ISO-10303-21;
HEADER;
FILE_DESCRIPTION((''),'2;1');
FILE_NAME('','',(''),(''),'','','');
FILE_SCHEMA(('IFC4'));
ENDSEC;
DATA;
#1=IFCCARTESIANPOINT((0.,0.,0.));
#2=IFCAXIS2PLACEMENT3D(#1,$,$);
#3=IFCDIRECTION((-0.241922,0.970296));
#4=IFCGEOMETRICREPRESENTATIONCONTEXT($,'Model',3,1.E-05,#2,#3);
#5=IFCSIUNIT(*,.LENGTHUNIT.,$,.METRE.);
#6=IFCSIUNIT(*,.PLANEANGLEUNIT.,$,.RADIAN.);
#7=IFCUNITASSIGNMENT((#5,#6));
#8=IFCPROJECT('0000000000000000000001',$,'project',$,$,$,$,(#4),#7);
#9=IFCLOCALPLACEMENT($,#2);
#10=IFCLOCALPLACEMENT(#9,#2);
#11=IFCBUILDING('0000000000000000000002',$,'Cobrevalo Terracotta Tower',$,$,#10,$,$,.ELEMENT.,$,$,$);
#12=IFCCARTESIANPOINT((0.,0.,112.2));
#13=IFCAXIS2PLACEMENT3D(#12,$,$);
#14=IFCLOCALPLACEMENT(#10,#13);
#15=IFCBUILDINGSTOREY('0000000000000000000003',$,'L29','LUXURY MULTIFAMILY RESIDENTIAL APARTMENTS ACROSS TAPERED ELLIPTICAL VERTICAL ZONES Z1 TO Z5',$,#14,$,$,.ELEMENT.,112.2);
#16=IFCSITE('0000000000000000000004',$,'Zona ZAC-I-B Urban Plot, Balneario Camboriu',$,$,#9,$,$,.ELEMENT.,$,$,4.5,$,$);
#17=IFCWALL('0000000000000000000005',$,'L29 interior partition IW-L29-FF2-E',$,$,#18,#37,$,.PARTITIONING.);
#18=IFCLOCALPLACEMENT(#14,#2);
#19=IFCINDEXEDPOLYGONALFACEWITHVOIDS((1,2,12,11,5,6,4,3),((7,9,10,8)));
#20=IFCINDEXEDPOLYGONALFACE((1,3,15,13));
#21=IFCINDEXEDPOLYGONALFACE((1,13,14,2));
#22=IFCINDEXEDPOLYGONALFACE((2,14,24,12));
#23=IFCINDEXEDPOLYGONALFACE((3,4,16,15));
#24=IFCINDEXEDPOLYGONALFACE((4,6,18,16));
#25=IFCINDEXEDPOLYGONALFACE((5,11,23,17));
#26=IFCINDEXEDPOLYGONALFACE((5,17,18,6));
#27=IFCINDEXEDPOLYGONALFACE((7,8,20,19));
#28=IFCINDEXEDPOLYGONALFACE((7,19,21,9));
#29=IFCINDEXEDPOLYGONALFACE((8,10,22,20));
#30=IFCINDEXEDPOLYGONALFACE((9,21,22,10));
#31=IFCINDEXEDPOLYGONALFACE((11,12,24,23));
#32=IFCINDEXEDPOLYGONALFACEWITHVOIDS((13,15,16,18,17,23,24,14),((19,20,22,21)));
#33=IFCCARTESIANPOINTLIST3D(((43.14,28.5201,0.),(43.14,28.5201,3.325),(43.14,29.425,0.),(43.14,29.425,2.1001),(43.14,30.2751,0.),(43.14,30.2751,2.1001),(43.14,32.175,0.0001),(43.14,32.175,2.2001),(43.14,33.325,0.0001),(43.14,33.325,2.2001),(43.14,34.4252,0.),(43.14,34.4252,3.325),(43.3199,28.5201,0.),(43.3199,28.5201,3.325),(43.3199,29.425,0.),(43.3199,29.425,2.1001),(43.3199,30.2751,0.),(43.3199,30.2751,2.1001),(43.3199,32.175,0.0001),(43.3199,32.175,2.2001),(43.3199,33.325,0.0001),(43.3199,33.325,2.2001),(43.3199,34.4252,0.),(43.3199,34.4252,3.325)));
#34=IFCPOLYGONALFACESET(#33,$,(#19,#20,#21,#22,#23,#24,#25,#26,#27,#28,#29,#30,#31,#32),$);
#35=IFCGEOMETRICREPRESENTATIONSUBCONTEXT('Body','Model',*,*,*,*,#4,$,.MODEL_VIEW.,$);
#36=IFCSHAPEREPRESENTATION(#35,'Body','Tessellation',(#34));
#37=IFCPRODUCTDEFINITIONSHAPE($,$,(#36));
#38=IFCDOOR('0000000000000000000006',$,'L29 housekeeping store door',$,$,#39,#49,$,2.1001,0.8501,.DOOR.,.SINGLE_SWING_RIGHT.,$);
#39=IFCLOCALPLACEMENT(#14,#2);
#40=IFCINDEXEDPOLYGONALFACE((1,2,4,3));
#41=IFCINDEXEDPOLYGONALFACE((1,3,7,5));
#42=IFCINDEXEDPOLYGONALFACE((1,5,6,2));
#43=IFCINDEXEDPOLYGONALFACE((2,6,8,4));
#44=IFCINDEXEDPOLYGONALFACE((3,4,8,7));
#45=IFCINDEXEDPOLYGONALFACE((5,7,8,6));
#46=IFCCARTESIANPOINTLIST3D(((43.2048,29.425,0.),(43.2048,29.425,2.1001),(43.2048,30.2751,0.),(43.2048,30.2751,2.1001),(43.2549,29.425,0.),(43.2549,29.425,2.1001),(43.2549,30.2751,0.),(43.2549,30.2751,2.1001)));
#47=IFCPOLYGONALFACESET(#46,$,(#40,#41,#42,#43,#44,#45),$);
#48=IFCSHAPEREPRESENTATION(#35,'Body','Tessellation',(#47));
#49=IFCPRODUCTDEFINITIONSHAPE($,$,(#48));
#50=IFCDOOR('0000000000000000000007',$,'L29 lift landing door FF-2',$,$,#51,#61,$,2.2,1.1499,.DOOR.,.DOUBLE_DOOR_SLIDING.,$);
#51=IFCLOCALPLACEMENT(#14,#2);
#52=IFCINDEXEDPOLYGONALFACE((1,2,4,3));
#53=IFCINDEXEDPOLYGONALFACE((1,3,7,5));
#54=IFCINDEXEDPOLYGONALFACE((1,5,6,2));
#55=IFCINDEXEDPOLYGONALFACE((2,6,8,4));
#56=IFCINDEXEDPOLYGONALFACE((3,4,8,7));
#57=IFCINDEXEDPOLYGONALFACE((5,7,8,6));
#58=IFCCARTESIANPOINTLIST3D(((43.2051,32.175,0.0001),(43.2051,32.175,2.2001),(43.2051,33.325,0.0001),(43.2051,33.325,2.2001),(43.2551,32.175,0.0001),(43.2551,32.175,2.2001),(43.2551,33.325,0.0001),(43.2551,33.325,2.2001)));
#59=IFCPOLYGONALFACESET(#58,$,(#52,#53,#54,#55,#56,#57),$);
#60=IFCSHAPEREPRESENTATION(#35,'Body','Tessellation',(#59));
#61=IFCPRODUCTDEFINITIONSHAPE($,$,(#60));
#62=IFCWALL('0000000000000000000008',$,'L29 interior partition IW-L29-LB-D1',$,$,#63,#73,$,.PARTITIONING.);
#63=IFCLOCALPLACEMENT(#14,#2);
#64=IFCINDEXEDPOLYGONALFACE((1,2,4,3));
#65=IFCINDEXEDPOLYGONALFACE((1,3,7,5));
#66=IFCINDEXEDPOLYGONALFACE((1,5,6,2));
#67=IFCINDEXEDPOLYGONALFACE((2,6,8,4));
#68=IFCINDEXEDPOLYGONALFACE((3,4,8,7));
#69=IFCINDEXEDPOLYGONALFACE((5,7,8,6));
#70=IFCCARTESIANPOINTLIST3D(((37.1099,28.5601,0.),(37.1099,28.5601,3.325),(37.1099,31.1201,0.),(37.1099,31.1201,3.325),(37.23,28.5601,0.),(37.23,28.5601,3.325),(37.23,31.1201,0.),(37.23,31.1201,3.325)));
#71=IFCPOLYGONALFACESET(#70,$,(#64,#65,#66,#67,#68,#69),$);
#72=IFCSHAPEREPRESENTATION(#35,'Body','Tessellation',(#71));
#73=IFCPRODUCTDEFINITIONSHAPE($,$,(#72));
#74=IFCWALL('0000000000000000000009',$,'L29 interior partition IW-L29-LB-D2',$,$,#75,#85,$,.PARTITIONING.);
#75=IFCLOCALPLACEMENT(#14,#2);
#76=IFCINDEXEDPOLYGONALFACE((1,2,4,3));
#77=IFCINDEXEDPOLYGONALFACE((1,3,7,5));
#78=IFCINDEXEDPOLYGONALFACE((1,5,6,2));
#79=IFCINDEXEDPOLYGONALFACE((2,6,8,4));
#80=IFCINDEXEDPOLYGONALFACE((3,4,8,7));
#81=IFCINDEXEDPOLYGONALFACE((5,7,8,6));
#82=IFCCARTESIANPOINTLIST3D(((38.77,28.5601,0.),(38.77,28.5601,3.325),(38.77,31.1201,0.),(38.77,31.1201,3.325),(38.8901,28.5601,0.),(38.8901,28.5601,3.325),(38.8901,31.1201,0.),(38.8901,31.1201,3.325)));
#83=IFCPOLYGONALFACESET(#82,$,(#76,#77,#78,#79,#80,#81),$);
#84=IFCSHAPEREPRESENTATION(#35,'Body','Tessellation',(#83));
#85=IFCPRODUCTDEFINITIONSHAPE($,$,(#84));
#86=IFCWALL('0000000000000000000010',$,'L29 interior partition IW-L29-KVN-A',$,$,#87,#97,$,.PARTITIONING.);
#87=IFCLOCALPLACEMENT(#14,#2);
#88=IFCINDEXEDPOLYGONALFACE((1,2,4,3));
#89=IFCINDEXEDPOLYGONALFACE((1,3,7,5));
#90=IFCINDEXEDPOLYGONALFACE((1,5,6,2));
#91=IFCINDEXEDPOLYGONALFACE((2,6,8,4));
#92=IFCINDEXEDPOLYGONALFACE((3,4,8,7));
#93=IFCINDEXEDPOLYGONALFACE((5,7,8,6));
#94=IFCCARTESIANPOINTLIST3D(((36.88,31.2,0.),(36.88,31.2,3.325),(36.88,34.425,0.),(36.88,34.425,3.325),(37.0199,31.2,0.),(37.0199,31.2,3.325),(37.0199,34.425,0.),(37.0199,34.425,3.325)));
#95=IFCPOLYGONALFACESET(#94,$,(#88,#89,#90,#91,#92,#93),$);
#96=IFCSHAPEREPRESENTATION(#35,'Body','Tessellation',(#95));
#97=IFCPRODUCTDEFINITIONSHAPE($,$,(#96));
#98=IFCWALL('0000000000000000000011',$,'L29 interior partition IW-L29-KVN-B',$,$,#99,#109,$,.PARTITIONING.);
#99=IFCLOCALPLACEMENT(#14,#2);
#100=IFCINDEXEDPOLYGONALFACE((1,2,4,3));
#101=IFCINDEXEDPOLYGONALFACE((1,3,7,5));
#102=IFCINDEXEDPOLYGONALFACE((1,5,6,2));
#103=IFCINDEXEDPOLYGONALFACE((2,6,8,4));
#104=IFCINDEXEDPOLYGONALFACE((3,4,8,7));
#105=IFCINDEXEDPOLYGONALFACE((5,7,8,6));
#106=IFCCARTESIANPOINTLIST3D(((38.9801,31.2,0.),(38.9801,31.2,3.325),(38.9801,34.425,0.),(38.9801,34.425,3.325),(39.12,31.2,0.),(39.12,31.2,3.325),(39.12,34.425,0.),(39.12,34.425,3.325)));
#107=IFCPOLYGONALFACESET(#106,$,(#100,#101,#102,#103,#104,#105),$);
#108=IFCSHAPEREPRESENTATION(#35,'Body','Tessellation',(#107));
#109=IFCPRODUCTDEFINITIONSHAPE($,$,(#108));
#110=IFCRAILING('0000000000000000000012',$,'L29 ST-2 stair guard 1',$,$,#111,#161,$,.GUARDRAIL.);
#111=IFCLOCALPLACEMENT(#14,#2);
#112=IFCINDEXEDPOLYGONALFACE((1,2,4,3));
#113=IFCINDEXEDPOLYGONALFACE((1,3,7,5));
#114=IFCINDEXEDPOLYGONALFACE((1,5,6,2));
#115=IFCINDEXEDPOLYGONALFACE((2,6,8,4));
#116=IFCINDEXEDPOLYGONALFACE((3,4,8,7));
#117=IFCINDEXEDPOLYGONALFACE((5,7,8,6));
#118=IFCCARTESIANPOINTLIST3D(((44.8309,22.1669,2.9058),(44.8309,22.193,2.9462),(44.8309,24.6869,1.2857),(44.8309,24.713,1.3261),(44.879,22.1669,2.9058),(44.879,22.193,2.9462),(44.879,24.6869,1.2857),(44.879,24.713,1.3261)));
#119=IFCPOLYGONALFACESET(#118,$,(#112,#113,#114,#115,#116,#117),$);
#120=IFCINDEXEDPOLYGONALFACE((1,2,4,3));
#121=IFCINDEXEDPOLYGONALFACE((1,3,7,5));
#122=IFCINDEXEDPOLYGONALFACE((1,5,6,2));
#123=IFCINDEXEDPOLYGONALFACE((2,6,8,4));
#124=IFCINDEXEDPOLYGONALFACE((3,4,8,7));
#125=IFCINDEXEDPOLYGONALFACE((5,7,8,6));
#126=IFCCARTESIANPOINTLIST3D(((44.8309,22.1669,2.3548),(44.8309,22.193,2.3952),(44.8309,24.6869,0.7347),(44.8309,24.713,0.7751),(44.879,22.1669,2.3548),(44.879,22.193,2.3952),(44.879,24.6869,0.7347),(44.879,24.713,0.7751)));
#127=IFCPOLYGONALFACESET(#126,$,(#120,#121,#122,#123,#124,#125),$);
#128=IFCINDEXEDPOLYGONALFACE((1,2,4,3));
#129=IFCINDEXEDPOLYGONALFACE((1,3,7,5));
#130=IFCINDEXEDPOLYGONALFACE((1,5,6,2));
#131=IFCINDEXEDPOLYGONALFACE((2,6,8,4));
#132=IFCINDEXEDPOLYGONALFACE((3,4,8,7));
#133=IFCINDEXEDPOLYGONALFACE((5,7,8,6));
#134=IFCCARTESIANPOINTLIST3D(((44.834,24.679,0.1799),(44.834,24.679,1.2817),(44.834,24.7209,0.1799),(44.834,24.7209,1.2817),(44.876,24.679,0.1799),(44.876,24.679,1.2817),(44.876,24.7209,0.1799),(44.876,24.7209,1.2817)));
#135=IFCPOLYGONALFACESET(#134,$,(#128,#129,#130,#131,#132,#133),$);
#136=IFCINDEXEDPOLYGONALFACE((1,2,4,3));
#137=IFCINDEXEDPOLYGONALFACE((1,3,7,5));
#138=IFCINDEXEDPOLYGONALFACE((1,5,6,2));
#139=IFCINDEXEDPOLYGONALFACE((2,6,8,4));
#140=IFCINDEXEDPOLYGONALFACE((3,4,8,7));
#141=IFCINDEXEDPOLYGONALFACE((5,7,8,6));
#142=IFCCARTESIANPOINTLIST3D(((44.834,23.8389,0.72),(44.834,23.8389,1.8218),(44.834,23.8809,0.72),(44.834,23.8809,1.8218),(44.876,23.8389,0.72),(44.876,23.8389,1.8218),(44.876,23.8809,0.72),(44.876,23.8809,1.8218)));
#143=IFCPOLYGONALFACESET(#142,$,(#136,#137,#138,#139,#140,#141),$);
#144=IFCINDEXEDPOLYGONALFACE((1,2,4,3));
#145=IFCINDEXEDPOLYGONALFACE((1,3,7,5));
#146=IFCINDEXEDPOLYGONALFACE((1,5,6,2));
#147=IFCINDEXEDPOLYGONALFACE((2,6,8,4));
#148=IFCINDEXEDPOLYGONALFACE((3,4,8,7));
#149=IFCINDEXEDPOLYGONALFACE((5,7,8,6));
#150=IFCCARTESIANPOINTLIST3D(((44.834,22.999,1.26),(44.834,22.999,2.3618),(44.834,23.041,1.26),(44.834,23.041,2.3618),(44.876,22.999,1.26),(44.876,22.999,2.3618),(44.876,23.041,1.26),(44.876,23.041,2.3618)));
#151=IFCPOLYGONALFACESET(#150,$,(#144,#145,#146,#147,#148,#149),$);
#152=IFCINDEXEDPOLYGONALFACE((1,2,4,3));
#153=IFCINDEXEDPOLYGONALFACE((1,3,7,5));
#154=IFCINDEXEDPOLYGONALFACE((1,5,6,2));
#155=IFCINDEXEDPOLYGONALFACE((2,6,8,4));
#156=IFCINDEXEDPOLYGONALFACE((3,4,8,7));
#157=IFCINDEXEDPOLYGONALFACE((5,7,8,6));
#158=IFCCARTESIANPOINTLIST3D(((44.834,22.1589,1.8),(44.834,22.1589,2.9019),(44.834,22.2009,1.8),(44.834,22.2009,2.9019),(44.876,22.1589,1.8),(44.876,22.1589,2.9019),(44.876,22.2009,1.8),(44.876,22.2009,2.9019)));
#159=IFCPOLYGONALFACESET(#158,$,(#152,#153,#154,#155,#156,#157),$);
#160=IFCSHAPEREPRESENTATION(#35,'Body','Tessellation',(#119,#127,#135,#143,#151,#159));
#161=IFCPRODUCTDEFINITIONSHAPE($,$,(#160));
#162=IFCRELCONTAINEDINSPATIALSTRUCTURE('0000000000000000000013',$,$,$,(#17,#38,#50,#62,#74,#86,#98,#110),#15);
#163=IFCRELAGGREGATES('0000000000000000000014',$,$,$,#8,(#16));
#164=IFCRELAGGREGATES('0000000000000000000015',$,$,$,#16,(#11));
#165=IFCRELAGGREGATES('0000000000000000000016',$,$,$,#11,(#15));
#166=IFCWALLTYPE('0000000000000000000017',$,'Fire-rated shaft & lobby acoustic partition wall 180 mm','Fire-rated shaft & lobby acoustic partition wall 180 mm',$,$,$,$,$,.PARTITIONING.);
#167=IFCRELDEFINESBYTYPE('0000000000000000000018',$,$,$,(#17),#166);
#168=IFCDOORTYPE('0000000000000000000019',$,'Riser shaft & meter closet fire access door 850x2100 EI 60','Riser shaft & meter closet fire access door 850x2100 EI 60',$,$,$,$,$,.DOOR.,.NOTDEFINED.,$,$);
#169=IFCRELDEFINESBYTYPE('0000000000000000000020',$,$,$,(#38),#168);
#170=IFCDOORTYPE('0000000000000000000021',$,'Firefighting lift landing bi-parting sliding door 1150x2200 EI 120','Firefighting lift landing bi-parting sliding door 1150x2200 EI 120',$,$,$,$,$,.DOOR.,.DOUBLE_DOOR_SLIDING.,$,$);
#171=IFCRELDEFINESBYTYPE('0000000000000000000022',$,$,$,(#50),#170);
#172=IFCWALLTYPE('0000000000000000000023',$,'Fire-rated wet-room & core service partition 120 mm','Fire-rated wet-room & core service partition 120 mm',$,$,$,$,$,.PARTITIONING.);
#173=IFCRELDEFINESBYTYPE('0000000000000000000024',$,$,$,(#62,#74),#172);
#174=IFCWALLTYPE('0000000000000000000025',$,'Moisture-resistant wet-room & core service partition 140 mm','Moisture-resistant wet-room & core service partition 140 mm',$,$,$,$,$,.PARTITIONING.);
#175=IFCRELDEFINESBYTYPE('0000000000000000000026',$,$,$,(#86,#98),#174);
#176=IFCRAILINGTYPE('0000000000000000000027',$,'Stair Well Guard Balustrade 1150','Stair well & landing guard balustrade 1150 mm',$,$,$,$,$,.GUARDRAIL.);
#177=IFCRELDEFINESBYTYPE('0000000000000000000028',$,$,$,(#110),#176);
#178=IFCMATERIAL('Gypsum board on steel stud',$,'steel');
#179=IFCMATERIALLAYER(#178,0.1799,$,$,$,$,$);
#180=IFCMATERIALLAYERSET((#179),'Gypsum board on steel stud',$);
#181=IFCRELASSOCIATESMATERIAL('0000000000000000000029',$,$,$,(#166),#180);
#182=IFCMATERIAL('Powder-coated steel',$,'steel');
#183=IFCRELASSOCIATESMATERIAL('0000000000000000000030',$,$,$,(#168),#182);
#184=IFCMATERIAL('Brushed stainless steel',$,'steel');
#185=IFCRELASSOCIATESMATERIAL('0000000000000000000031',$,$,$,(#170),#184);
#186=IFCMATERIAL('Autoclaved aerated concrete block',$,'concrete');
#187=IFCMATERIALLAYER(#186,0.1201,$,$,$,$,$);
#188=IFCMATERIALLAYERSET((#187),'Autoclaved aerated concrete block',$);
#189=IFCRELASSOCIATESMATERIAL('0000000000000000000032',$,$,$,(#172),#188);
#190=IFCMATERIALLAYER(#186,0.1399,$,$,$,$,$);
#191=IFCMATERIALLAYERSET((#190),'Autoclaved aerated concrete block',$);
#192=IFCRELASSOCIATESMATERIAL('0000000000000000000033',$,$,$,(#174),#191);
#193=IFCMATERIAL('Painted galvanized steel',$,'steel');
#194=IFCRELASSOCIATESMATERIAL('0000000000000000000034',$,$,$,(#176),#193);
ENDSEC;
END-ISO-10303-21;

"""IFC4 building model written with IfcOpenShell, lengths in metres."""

from ifc_helpers import new_model, si_unit, direction, frame, frame_2d, origin, origin_2d, place, context, subcontext, project, spatial, rectangle, extrude, source, transform, mapped, material, layer, layer_set, type_object, element, fill, save


model = new_model("IFC4")

# Units and contexts
model_context = context("Model", 3, precision=1e-05, world=origin(), true_north=direction((-0.241922, 0.970296)))
body_context = subcontext(model_context, "Body", "Model", "MODEL_VIEW")
ifc_project = project(units=[si_unit("LENGTHUNIT", "METRE"), si_unit("PLANEANGLEUNIT", "RADIAN")], contexts=[model_context])

# Site, building, storey
site_placement = place(None, origin())
site = spatial("IfcSite", under=ifc_project, at=site_placement, Name="Zona ZAC-I-B Urban Plot, Balneario Camboriu", CompositionType="ELEMENT", RefElevation=4.5)
building_placement = place(site_placement, origin())
building = spatial("IfcBuilding", under=site, at=building_placement, Name="Cobrevalo Terracotta Tower", CompositionType="ELEMENT")
storey_placement = place(building_placement, frame((0.0, 0.0, 112.2)))
storey = spatial("IfcBuildingStorey", under=building, at=storey_placement, Name="L29", Description="LUXURY MULTIFAMILY RESIDENTIAL APARTMENTS ACROSS TAPERED ELLIPTICAL VERTICAL ZONES Z1 TO Z5", CompositionType="ELEMENT", Elevation=112.2)

# Shared definitions
ifc_material_1 = material(Name="Gypsum board on steel stud", Category="steel")

# Shared definitions
ifc_material_2 = material(Name="Brushed stainless steel", Category="steel")

# Shared definitions
ifc_layer_1 = layer(ifc_material_1, 0.1799)
ifc_layer_set_1 = layer_set([ifc_layer_1], Name="Gypsum board on steel stud")
wall_type_1 = type_object("IfcWallType", Name="Fire-rated shaft & lobby acoustic partition wall 180 mm", Description="Fire-rated shaft & lobby acoustic partition wall 180 mm", PredefinedType="PARTITIONING", material=ifc_layer_set_1)
ifc_material_3 = material(Name="Powder-coated steel", Category="steel")
door_type_1 = type_object("IfcDoorType", Name="Riser shaft & meter closet fire access door 850x2100 EI 60", Description="Riser shaft & meter closet fire access door 850x2100 EI 60", OperationType="NOTDEFINED", PredefinedType="DOOR", material=ifc_material_3)
shared_shape_1 = source(origin(), body_context, "Body", "SweptSolid", [
    extrude(rectangle(XDim=0.8501, YDim=2.1001, at=frame_2d((0.425, 1.05))), frame((0.0, 0.0249, 0.0), z_axis=(0.0, -1.0, 0.0), x_axis=(1.0, 0.0, 0.0)), (0.0, 0.0, 1.0), 0.05),
])

# Wall, openings, doors
wall_1_placement = place(storey_placement, frame((43.23, 28.52, 0.0), z_axis=(0.0, 0.0, 1.0), x_axis=(0.0, 1.0, 0.0)))
wall_1 = element("IfcWall", 1, at=wall_1_placement, inside=storey, type_object=wall_type_1, Name="L29 interior partition IW-L29-FF2-E", PredefinedType="PARTITIONING", context=body_context, shape_type="SweptSolid", body=[
    extrude(rectangle(XDim=5.905, YDim=0.1799, at=frame_2d((2.9526, 0.0))), origin(), (0.0, 0.0, 1.0), 3.325),
])
opening_1_placement = place(wall_1_placement, frame((0.905, 0.0, 0.0)))
opening_1 = element("IfcOpeningElement", 2, at=opening_1_placement, cuts=wall_1, PredefinedType="OPENING", context=body_context, shape_type="SweptSolid", body=[
    extrude(rectangle(XDim=0.8501, YDim=2.1001, at=frame_2d((0.425, 1.05))), frame((0.0, 0.1001, 0.0), z_axis=(0.0, -1.0, 0.0), x_axis=(1.0, 0.0, 0.0)), (0.0, 0.0, 1.0), 0.2),
])
opening_2_placement = place(wall_1_placement, frame((3.655, 0.0, 0.0)))
opening_2 = element("IfcOpeningElement", 3, at=opening_2_placement, cuts=wall_1, PredefinedType="OPENING", context=body_context, shape_type="SweptSolid", body=[
    extrude(rectangle(XDim=1.1499, YDim=2.2, at=frame_2d((0.575, 1.1001))), frame((0.0, 0.1001, 0.0), z_axis=(0.0, -1.0, 0.0), x_axis=(1.0, 0.0, 0.0)), (0.0, 0.0, 1.0), 0.2),
])
door_1_placement = place(opening_1_placement, frame((0.8501, 0.0, 0.0), z_axis=(0.0, 0.0, 1.0), x_axis=(-1.0, 0.0, 0.0)))
door_1 = element("IfcDoor", 4, at=door_1_placement, inside=storey, type_object=door_type_1, Name="L29 housekeeping store door", OperationType="SINGLE_SWING_RIGHT", OverallHeight=2.1001, OverallWidth=0.8501, PredefinedType="DOOR", context=body_context, shape_type="MappedRepresentation", body=[
    mapped(shared_shape_1, transform((0.0, 0.0, 0.0), scale=1.0)),
])
fill(opening_1, door_1)
door_type_2 = type_object("IfcDoorType", Name="Firefighting lift landing bi-parting sliding door 1150x2200 EI 120", Description="Firefighting lift landing bi-parting sliding door 1150x2200 EI 120", OperationType="DOUBLE_DOOR_SLIDING", PredefinedType="DOOR", material=ifc_material_2)
shared_shape_2 = source(origin(), body_context, "Body", "SweptSolid", [
    extrude(rectangle(XDim=1.1499, YDim=2.2, at=frame_2d((0.575, 1.1001))), frame((0.0, 0.0249, 0.0), z_axis=(0.0, -1.0, 0.0), x_axis=(1.0, 0.0, 0.0)), (0.0, 0.0, 1.0), 0.05),
])
door_2_placement = place(opening_2_placement, origin())
door_2 = element("IfcDoor", 5, at=door_2_placement, inside=storey, type_object=door_type_2, Name="L29 lift landing door FF-2", OperationType="DOUBLE_DOOR_SLIDING", OverallHeight=2.2, OverallWidth=1.1499, PredefinedType="DOOR", context=body_context, shape_type="MappedRepresentation", body=[
    mapped(shared_shape_2, transform((0.0, 0.0, 0.0), scale=1.0)),
])
fill(opening_2, door_2)

# Walls
ifc_material_4 = material(Name="Autoclaved aerated concrete block", Category="concrete")
ifc_layer_2 = layer(ifc_material_4, 0.1201)
ifc_layer_set_2 = layer_set([ifc_layer_2], Name="Autoclaved aerated concrete block")
wall_type_2 = type_object("IfcWallType", Name="Fire-rated wet-room & core service partition 120 mm", Description="Fire-rated wet-room & core service partition 120 mm", PredefinedType="PARTITIONING", material=ifc_layer_set_2)
for number, where, z_axis, x_axis, name in (
    (6, (37.1699, 28.5601, 0.0), (0.0, 0.0, 1.0), (0.0, 1.0, 0.0), "L29 interior partition IW-L29-LB-D1"),
    (7, (38.8301, 28.5601, 0.0), (0.0, 0.0, 1.0), (0.0, 1.0, 0.0), "L29 interior partition IW-L29-LB-D2"),
):
    element("IfcWall", number, at=place(storey_placement, frame(where, z_axis=z_axis, x_axis=x_axis)), inside=storey, type_object=wall_type_2, Name=name, PredefinedType="PARTITIONING", context=body_context, shape_type="SweptSolid", body=[
        extrude(rectangle(XDim=2.5601, YDim=0.1201, at=frame_2d((1.28, 0.0))), origin(), (0.0, 0.0, 1.0), 3.325),
    ])
ifc_layer_3 = layer(ifc_material_4, 0.1399)
ifc_layer_set_3 = layer_set([ifc_layer_3], Name="Autoclaved aerated concrete block")
wall_type_3 = type_object("IfcWallType", Name="Moisture-resistant wet-room & core service partition 140 mm", Description="Moisture-resistant wet-room & core service partition 140 mm", PredefinedType="PARTITIONING", material=ifc_layer_set_3)
for number, where, z_axis, x_axis, name in (
    (8, (36.95, 31.2, 0.0), (0.0, 0.0, 1.0), (0.0, 1.0, 0.0), "L29 interior partition IW-L29-KVN-A"),
    (9, (39.05, 31.2, 0.0), (0.0, 0.0, 1.0), (0.0, 1.0, 0.0), "L29 interior partition IW-L29-KVN-B"),
):
    element("IfcWall", number, at=place(storey_placement, frame(where, z_axis=z_axis, x_axis=x_axis)), inside=storey, type_object=wall_type_3, Name=name, PredefinedType="PARTITIONING", context=body_context, shape_type="SweptSolid", body=[
        extrude(rectangle(XDim=3.2251, YDim=0.1399, at=frame_2d((1.6125, 0.0))), origin(), (0.0, 0.0, 1.0), 3.325),
    ])

# Railing
ifc_material_5 = material(Name="Painted galvanized steel", Category="steel")
railing_type = type_object("IfcRailingType", Name="Stair Well Guard Balustrade 1150", Description="Stair well & landing guard balustrade 1150 mm", PredefinedType="GUARDRAIL", material=ifc_material_5)
railing_1_placement = place(storey_placement, frame((44.855, 24.7, 0.1799)))
element("IfcRailing", 10, at=railing_1_placement, inside=storey, type_object=railing_type, Name="L29 ST-2 stair guard 1", PredefinedType="GUARDRAIL", context=body_context, shape_type="SweptSolid", body=[
    extrude(rectangle(XDim=0.0481, YDim=0.0481, at=origin_2d()), frame((0.0, 0.0, 1.126), z_axis=(0.0, -0.841163, 0.540782), x_axis=(1.0, 0.0, 0.0)), (0.0, 0.0, 1.0), 2.9958),
    extrude(rectangle(XDim=0.0481, YDim=0.0481, at=origin_2d()), frame((0.0, 0.0, 0.575), z_axis=(0.0, -0.841163, 0.540782), x_axis=(1.0, 0.0, 0.0)), (0.0, 0.0, 1.0), 2.9958),
    extrude(rectangle(XDim=0.042, YDim=0.042, at=origin_2d()), origin(), (0.0, 0.0, 1.0), 1.1018),
    extrude(rectangle(XDim=0.042, YDim=0.042, at=origin_2d()), frame((0.0, -0.8401, 0.54)), (0.0, 0.0, 1.0), 1.1018),
    extrude(rectangle(XDim=0.042, YDim=0.042, at=origin_2d()), frame((0.0, -1.6799, 1.0801)), (0.0, 0.0, 1.0), 1.1018),
    extrude(rectangle(XDim=0.042, YDim=0.042, at=origin_2d()), frame((0.0, -2.52, 1.6201)), (0.0, 0.0, 1.0), 1.1018),
])

save(model, "model.ifc")
